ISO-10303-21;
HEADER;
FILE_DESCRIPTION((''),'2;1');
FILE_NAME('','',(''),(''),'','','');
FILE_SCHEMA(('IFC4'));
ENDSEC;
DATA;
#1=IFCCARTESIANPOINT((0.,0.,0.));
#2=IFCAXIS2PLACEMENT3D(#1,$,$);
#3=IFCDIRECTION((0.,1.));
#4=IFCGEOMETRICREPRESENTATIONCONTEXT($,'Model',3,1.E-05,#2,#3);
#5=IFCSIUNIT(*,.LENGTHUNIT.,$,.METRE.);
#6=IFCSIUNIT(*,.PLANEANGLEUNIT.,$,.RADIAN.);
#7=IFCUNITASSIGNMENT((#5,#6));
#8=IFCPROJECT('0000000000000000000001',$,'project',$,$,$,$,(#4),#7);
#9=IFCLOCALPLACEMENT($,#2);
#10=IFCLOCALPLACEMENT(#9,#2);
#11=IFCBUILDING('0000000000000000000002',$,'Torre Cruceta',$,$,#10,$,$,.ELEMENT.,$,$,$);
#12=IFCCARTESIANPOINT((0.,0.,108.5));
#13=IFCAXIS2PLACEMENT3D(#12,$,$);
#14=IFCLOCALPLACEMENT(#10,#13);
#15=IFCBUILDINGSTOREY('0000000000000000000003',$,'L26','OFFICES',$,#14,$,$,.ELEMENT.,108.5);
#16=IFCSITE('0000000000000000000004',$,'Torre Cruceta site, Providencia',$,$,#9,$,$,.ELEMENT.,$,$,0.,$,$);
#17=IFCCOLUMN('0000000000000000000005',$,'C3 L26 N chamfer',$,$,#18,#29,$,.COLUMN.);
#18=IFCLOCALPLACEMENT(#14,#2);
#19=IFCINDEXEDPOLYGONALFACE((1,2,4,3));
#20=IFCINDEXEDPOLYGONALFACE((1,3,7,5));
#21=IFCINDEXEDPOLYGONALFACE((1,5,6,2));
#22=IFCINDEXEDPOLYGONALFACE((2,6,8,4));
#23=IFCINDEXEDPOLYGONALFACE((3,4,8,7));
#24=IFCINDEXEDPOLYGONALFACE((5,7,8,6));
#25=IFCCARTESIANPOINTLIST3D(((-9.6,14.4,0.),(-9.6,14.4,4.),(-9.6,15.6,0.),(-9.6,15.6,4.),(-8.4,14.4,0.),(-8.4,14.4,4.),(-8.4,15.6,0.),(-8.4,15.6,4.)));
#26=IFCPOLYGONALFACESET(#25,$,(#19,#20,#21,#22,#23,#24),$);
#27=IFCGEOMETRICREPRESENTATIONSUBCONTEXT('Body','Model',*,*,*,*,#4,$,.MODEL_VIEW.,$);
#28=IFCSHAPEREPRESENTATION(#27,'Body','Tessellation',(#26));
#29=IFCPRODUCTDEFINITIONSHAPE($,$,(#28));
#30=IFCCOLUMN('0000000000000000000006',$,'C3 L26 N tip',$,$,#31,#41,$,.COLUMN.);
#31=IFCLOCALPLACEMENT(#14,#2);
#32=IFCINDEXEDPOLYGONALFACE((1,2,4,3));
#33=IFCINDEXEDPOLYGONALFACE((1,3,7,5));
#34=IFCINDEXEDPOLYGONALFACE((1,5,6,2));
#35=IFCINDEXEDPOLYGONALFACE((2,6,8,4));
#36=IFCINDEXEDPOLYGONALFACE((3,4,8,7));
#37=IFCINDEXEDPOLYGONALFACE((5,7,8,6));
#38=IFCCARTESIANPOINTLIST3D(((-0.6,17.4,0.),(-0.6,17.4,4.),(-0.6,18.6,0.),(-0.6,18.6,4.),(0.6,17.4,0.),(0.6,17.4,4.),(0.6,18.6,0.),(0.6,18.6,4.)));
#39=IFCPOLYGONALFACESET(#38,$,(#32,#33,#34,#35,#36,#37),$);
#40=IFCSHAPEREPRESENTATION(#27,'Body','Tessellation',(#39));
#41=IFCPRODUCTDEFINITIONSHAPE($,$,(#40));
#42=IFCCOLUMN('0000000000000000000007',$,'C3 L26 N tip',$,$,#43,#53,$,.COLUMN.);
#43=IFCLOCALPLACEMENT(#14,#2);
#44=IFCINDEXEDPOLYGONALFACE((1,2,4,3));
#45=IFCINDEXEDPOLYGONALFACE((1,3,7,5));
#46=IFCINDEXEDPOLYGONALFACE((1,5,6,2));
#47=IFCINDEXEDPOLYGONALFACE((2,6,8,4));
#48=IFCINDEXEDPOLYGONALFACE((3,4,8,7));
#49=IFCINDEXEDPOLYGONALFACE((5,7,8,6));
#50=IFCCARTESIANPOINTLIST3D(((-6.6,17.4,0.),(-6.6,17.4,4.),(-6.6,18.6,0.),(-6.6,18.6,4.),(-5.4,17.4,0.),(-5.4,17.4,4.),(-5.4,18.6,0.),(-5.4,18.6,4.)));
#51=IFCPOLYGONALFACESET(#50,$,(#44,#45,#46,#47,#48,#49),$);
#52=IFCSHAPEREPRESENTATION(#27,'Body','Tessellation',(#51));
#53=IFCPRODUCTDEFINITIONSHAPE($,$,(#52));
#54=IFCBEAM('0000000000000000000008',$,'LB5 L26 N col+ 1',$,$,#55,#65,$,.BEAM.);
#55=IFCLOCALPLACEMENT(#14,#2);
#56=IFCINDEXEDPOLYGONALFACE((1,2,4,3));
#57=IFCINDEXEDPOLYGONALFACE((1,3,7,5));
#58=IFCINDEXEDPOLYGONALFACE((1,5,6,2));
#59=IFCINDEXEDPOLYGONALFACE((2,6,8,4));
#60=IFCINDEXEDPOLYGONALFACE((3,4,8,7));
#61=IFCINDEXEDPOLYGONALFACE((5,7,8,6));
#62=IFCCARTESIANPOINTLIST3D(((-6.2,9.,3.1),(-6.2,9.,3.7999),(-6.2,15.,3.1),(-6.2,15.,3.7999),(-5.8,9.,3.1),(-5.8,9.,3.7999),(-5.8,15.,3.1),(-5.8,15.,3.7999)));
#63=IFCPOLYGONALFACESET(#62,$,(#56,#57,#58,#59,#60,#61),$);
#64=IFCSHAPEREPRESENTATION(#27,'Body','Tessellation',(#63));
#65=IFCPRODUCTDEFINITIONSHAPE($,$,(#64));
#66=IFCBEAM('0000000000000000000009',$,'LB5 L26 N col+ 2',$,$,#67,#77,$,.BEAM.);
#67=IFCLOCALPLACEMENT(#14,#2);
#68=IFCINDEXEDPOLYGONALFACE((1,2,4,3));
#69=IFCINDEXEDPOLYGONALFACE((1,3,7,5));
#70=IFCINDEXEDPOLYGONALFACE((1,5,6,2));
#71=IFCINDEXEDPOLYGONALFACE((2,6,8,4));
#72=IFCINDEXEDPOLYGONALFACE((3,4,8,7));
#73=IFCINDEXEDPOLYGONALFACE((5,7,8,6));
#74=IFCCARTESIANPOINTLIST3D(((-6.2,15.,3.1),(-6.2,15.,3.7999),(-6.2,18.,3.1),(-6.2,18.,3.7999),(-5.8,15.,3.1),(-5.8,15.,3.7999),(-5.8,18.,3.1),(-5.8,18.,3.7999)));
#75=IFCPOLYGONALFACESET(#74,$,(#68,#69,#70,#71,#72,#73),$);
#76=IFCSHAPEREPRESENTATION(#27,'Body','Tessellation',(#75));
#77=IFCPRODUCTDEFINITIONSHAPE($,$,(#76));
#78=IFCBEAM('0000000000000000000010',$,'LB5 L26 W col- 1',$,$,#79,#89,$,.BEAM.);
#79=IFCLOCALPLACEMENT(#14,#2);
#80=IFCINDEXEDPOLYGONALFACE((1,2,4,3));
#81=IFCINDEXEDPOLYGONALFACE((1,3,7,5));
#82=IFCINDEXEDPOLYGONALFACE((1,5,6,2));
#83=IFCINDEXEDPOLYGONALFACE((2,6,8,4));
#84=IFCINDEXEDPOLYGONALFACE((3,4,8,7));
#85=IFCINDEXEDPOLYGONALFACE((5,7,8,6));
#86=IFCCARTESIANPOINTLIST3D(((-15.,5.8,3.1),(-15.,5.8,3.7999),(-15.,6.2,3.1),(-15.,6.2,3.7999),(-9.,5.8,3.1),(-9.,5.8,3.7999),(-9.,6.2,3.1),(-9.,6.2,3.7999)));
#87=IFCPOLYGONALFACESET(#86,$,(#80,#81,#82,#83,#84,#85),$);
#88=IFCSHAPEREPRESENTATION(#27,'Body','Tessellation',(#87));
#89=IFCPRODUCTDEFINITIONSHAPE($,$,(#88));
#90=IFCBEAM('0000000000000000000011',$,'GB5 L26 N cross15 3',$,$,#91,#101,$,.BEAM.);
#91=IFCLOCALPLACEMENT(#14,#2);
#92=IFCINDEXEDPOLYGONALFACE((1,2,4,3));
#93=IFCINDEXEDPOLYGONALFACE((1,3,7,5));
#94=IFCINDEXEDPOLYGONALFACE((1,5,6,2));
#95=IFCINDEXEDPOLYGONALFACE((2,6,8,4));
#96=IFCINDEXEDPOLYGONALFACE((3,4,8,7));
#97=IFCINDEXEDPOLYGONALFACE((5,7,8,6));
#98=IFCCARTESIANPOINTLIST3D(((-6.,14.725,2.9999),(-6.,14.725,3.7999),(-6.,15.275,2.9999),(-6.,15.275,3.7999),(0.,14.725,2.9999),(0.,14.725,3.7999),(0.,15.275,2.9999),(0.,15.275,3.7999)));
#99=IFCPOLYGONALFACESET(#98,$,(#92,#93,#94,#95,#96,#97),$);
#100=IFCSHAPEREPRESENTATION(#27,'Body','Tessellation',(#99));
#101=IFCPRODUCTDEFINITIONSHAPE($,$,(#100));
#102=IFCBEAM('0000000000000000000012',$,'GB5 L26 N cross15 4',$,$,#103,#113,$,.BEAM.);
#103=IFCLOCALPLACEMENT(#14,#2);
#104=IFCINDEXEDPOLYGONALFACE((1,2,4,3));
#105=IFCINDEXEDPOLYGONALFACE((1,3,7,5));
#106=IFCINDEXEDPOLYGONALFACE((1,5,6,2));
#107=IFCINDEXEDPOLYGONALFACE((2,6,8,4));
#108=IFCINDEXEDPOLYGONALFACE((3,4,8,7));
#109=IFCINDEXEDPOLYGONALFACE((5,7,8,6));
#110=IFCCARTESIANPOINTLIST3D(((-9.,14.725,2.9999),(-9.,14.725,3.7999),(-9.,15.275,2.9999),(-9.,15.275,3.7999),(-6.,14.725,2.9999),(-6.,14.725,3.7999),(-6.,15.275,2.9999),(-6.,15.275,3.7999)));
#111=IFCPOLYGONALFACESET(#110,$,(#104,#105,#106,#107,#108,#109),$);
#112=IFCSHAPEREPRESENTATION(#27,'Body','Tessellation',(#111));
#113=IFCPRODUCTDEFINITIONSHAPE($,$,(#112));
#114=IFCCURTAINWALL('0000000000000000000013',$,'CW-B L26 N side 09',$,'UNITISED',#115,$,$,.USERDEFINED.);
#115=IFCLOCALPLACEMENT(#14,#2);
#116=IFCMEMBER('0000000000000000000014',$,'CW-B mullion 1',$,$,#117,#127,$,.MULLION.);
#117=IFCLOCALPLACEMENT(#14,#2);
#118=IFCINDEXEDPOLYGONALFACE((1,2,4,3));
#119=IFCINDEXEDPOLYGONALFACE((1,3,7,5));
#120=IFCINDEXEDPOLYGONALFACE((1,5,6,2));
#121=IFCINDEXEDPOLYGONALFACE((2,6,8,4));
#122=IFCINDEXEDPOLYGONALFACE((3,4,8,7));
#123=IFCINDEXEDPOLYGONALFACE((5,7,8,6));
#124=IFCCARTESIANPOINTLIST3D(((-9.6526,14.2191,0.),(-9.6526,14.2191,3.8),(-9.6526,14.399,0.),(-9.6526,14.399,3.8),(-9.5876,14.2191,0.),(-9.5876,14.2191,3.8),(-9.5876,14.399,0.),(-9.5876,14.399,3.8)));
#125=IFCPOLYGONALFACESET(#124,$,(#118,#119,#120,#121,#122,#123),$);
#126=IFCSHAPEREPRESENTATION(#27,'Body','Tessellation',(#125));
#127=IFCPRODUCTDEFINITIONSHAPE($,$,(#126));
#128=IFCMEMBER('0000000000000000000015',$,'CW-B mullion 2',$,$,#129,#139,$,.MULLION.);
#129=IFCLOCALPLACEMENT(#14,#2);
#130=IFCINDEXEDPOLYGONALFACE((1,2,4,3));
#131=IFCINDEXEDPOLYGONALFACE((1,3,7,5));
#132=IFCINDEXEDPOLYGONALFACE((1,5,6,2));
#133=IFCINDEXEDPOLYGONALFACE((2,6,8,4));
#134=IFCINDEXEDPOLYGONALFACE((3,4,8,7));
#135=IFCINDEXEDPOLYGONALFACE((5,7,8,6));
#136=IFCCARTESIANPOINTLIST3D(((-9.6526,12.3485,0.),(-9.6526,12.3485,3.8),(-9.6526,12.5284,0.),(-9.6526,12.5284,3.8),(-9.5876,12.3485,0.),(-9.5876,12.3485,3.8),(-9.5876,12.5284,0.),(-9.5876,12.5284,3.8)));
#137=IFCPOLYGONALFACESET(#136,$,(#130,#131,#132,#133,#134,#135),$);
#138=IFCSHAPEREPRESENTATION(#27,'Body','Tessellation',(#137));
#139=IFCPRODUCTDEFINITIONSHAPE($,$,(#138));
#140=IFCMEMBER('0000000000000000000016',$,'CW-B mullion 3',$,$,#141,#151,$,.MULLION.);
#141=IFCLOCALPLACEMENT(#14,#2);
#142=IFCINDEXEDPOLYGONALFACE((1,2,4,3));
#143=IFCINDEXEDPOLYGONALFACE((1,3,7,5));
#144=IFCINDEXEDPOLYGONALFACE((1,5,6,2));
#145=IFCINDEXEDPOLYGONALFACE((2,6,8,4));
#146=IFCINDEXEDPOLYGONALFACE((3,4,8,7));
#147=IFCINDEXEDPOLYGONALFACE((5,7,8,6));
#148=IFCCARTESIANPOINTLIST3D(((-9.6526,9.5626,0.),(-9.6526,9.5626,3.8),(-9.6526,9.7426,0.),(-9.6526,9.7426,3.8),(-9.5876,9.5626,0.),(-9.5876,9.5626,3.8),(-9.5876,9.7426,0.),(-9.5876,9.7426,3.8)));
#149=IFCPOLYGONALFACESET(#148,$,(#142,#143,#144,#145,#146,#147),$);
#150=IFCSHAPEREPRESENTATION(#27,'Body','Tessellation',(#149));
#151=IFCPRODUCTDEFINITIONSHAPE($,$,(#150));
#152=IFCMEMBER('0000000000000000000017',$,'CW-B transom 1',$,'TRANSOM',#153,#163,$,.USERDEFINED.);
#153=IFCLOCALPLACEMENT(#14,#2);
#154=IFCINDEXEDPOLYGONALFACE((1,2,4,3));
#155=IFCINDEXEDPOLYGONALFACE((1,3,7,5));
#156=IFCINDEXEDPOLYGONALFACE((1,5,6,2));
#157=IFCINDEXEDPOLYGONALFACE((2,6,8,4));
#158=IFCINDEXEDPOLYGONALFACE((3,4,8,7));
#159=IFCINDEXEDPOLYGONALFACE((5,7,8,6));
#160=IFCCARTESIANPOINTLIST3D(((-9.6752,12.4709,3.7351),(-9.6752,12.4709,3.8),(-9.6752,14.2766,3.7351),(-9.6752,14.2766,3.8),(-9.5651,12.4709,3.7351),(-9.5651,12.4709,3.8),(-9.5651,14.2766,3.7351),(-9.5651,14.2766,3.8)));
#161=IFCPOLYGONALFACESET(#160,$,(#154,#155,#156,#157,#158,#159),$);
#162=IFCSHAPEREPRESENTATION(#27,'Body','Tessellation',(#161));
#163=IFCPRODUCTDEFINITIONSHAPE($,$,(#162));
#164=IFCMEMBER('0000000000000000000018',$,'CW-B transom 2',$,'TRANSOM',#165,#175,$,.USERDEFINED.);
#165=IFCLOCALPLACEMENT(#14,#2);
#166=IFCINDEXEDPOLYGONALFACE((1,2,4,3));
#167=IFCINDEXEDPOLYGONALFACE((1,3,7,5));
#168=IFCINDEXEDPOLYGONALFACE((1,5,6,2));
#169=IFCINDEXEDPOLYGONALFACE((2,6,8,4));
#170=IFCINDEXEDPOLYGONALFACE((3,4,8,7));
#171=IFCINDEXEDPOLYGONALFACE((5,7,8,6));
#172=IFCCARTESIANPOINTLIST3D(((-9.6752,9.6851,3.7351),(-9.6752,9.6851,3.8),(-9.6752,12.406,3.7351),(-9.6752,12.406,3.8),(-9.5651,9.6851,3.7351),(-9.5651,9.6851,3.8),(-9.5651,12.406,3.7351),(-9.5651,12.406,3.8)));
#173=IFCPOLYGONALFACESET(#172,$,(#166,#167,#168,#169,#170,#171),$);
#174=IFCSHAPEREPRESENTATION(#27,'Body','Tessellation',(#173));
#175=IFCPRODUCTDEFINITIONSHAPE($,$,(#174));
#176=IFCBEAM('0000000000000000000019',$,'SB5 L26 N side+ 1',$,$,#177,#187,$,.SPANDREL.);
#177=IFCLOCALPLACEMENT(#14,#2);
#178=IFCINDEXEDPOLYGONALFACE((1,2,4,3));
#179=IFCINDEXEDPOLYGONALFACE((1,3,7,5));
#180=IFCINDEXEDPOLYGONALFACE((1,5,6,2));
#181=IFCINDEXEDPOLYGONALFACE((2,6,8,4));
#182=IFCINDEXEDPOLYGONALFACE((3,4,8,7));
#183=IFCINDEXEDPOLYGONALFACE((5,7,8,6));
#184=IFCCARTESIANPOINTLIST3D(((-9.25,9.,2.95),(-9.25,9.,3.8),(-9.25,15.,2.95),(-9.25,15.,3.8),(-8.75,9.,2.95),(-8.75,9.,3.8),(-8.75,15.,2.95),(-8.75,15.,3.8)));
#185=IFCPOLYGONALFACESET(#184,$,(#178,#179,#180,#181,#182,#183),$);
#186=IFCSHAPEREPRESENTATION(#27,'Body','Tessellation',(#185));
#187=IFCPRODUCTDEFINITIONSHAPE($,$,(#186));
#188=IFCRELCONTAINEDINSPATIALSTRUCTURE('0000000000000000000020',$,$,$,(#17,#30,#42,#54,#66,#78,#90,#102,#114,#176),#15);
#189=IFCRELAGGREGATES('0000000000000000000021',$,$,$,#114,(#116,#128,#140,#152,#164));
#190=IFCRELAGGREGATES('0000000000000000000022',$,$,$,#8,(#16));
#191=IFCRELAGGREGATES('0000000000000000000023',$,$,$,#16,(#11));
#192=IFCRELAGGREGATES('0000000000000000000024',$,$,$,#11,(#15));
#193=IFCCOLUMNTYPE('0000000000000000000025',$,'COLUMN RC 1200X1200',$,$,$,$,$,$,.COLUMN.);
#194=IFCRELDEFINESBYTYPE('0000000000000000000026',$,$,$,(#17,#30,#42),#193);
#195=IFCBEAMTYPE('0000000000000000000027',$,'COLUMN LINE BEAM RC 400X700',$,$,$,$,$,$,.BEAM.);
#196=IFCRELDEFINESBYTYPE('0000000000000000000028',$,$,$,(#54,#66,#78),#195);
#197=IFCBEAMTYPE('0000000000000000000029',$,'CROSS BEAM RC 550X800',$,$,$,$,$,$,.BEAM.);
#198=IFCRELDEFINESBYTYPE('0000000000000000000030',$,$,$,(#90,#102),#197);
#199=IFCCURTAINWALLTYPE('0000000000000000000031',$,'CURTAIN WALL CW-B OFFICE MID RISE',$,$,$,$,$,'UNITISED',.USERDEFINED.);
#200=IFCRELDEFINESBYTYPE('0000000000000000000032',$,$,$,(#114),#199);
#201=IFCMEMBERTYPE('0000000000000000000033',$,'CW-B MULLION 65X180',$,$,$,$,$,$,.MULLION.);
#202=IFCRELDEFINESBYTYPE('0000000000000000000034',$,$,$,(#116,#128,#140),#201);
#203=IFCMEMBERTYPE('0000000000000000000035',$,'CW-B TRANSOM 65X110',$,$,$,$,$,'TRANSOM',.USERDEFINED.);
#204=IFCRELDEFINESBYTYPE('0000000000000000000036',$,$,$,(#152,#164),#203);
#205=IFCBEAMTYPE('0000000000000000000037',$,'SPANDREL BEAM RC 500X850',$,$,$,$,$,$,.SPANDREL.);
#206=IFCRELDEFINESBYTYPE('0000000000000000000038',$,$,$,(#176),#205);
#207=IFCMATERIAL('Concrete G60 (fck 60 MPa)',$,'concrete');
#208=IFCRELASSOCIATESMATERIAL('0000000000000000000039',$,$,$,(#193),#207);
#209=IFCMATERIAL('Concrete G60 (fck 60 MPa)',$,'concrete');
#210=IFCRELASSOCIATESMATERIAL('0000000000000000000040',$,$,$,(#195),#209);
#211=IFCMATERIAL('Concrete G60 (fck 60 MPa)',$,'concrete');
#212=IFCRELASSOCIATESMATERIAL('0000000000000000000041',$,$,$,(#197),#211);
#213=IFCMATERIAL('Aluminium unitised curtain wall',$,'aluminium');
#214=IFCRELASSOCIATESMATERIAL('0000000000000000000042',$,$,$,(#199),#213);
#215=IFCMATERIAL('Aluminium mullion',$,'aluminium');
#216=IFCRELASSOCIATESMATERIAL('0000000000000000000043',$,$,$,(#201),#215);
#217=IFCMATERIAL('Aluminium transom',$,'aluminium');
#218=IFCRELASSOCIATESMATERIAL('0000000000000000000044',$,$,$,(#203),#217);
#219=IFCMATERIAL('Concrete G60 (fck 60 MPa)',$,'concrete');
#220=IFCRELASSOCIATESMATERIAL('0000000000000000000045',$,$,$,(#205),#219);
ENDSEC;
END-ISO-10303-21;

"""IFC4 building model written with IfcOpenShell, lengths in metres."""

from ifc_helpers import new_model, si_unit, direction, frame, origin, origin_2d, place, context, subcontext, project, spatial, rectangle, extrude, material, material_profile, profile_set, type_object, element, aggregate, save


model = new_model("IFC4")

# Units and contexts
model_context = context("Model", 3, precision=1e-05, world=origin(), true_north=direction((0.0, 1.0)))
body_context = subcontext(model_context, "Body", "Model", "MODEL_VIEW")
ifc_project = project(units=[si_unit("LENGTHUNIT", "METRE"), si_unit("PLANEANGLEUNIT", "RADIAN")], contexts=[model_context])

# Site, building, storey
site_placement = place(None, origin())
site = spatial("IfcSite", under=ifc_project, at=site_placement, Name="Torre Cruceta site, Providencia", CompositionType="ELEMENT", RefElevation=0.0)
building_placement = place(site_placement, origin())
building = spatial("IfcBuilding", under=site, at=building_placement, Name="Torre Cruceta", CompositionType="ELEMENT")
storey_placement = place(building_placement, frame((0.0, 0.0, 108.5)))
storey = spatial("IfcBuildingStorey", under=building, at=storey_placement, Name="L26", Description="OFFICES", CompositionType="ELEMENT", Elevation=108.5)

# Columns
ifc_material_1 = material(Name="Concrete G60 (fck 60 MPa)", Category="concrete")
ifc_material_profile_1 = material_profile(ifc_material_1, rectangle(XDim=1.2, YDim=1.2, at=origin_2d()), Name="RC 1200X1200")
ifc_profile_set_1 = profile_set([ifc_material_profile_1], Name="Concrete G60 (fck 60 MPa)")
column_type = type_object("IfcColumnType", Name="COLUMN RC 1200X1200", PredefinedType="COLUMN", material=ifc_profile_set_1)
for number, where, z_axis, x_axis, name in (
    (1, (-9.0, 15.0, 0.0), (0.0, 0.0, 1.0), (1.0, 0.0, 0.0), "C3 L26 N chamfer"),
    (2, (0.0, 18.0, 0.0), (0.0, 0.0, 1.0), (1.0, 0.0, 0.0), "C3 L26 N tip"),
    (3, (-6.0, 18.0, 0.0), (0.0, 0.0, 1.0), (1.0, 0.0, 0.0), "C3 L26 N tip"),
):
    element("IfcColumn", number, at=place(storey_placement, frame(where, z_axis=z_axis, x_axis=x_axis)), inside=storey, type_object=column_type, Name=name, PredefinedType="COLUMN", context=body_context, shape_type="SweptSolid", body=[
        extrude(rectangle(XDim=1.2, YDim=1.2, at=origin_2d()), origin(), (0.0, 0.0, 1.0), 4.0),
    ])

# Beams
ifc_material_2 = material(Name="Concrete G60 (fck 60 MPa)", Category="concrete")
ifc_material_profile_2 = material_profile(ifc_material_2, rectangle(XDim=0.3999, YDim=0.7, at=origin_2d()), Name="RC 400X700")
ifc_profile_set_2 = profile_set([ifc_material_profile_2], Name="Concrete G60 (fck 60 MPa)")
beam_type_1 = type_object("IfcBeamType", Name="COLUMN LINE BEAM RC 400X700", PredefinedType="BEAM", material=ifc_profile_set_2)
beam_1_placement = place(storey_placement, frame((-6.0, 9.0, 3.45), z_axis=(0.0, 1.0, 0.0), x_axis=(-1.0, 0.0, 0.0)))
element("IfcBeam", 4, at=beam_1_placement, inside=storey, type_object=beam_type_1, Name="LB5 L26 N col+ 1", PredefinedType="BEAM", context=body_context, shape_type="SweptSolid", body=[
    extrude(rectangle(XDim=0.3999, YDim=0.7, at=origin_2d()), origin(), (0.0, 0.0, 1.0), 6.0),
])
beam_2_placement = place(storey_placement, frame((-6.0, 15.0, 3.45), z_axis=(0.0, 1.0, 0.0), x_axis=(-1.0, 0.0, 0.0)))
element("IfcBeam", 5, at=beam_2_placement, inside=storey, type_object=beam_type_1, Name="LB5 L26 N col+ 2", PredefinedType="BEAM", context=body_context, shape_type="SweptSolid", body=[
    extrude(rectangle(XDim=0.3999, YDim=0.7, at=origin_2d()), origin(), (0.0, 0.0, 1.0), 3.0),
])
beam_3_placement = place(storey_placement, frame((-9.0, 6.0, 3.45), z_axis=(-1.0, 0.0, 0.0), x_axis=(0.0, -1.0, 0.0)))
element("IfcBeam", 6, at=beam_3_placement, inside=storey, type_object=beam_type_1, Name="LB5 L26 W col- 1", PredefinedType="BEAM", context=body_context, shape_type="SweptSolid", body=[
    extrude(rectangle(XDim=0.3999, YDim=0.7, at=origin_2d()), origin(), (0.0, 0.0, 1.0), 6.0),
])
ifc_material_3 = material(Name="Concrete G60 (fck 60 MPa)", Category="concrete")
ifc_material_profile_3 = material_profile(ifc_material_3, rectangle(XDim=0.55, YDim=0.8, at=origin_2d()), Name="RC 550X800")
ifc_profile_set_3 = profile_set([ifc_material_profile_3], Name="Concrete G60 (fck 60 MPa)")
beam_type_2 = type_object("IfcBeamType", Name="CROSS BEAM RC 550X800", PredefinedType="BEAM", material=ifc_profile_set_3)
beam_4_placement = place(storey_placement, frame((0.0, 15.0, 3.3999), z_axis=(-1.0, 0.0, 0.0), x_axis=(0.0, -1.0, 0.0)))
element("IfcBeam", 7, at=beam_4_placement, inside=storey, type_object=beam_type_2, Name="GB5 L26 N cross15 3", PredefinedType="BEAM", context=body_context, shape_type="SweptSolid", body=[
    extrude(rectangle(XDim=0.55, YDim=0.8, at=origin_2d()), origin(), (0.0, 0.0, 1.0), 6.0),
])
beam_5_placement = place(storey_placement, frame((-6.0, 15.0, 3.3999), z_axis=(-1.0, 0.0, 0.0), x_axis=(0.0, -1.0, 0.0)))
element("IfcBeam", 8, at=beam_5_placement, inside=storey, type_object=beam_type_2, Name="GB5 L26 N cross15 4", PredefinedType="BEAM", context=body_context, shape_type="SweptSolid", body=[
    extrude(rectangle(XDim=0.55, YDim=0.8, at=origin_2d()), origin(), (0.0, 0.0, 1.0), 3.0),
])

# Curtain wall, members
ifc_material_4 = material(Name="Aluminium unitised curtain wall", Category="aluminium")
curtain_wall_type = type_object("IfcCurtainWallType", Name="CURTAIN WALL CW-B OFFICE MID RISE", ElementType="UNITISED", PredefinedType="USERDEFINED", material=ifc_material_4)
curtain_wall_placement = place(storey_placement, origin())
curtain_wall = element("IfcCurtainWall", 9, at=curtain_wall_placement, inside=storey, type_object=curtain_wall_type, Name="CW-B L26 N side 09", ObjectType="UNITISED", PredefinedType="USERDEFINED")
ifc_material_5 = material(Name="Aluminium mullion", Category="aluminium")
ifc_material_profile_4 = material_profile(ifc_material_5, rectangle(XDim=0.0649, YDim=0.1799, at=origin_2d()), Name="AL 65X180")
ifc_profile_set_4 = profile_set([ifc_material_profile_4], Name="Aluminium mullion")
member_type_1 = type_object("IfcMemberType", Name="CW-B MULLION 65X180", PredefinedType="MULLION", material=ifc_profile_set_4)
member_1_placement = place(storey_placement, frame((-9.6201, 14.3091, 0.0), z_axis=(0.0, 0.0, 1.0), x_axis=(1.0, 0.0, 0.0)))
member_1 = element("IfcMember", 10, at=member_1_placement, type_object=member_type_1, Name="CW-B mullion 1", PredefinedType="MULLION", context=body_context, shape_type="SweptSolid", body=[
    extrude(rectangle(XDim=0.0649, YDim=0.1799, at=origin_2d()), origin(), (0.0, 0.0, 1.0), 3.8),
])
member_2_placement = place(storey_placement, frame((-9.6201, 12.4385, 0.0), z_axis=(0.0, 0.0, 1.0), x_axis=(1.0, 0.0, 0.0)))
member_2 = element("IfcMember", 11, at=member_2_placement, type_object=member_type_1, Name="CW-B mullion 2", PredefinedType="MULLION", context=body_context, shape_type="SweptSolid", body=[
    extrude(rectangle(XDim=0.0649, YDim=0.1799, at=origin_2d()), origin(), (0.0, 0.0, 1.0), 3.8),
])
member_3_placement = place(storey_placement, frame((-9.6201, 9.6526, 0.0), z_axis=(0.0, 0.0, 1.0), x_axis=(1.0, 0.0, 0.0)))
member_3 = element("IfcMember", 12, at=member_3_placement, type_object=member_type_1, Name="CW-B mullion 3", PredefinedType="MULLION", context=body_context, shape_type="SweptSolid", body=[
    extrude(rectangle(XDim=0.0649, YDim=0.1799, at=origin_2d()), origin(), (0.0, 0.0, 1.0), 3.8),
])
ifc_material_6 = material(Name="Aluminium transom", Category="aluminium")
ifc_material_profile_5 = material_profile(ifc_material_6, rectangle(XDim=0.1101, YDim=0.0649, at=origin_2d()), Name="AL 110X65")
ifc_profile_set_5 = profile_set([ifc_material_profile_5], Name="Aluminium transom")
member_type_2 = type_object("IfcMemberType", Name="CW-B TRANSOM 65X110", ElementType="TRANSOM", PredefinedType="USERDEFINED", material=ifc_profile_set_5)
member_4_placement = place(storey_placement, frame((-9.6201, 14.2766, 3.7676), z_axis=(0.0, -1.0, 0.0), x_axis=(1.0, 0.0, 0.0)))
member_4 = element("IfcMember", 13, at=member_4_placement, type_object=member_type_2, Name="CW-B transom 1", ObjectType="TRANSOM", PredefinedType="USERDEFINED", context=body_context, shape_type="SweptSolid", body=[
    extrude(rectangle(XDim=0.1101, YDim=0.0649, at=origin_2d()), origin(), (0.0, 0.0, 1.0), 1.8057),
])
member_5_placement = place(storey_placement, frame((-9.6201, 12.406, 3.7676), z_axis=(0.0, -1.0, 0.0), x_axis=(1.0, 0.0, 0.0)))
member_5 = element("IfcMember", 14, at=member_5_placement, type_object=member_type_2, Name="CW-B transom 2", ObjectType="TRANSOM", PredefinedType="USERDEFINED", context=body_context, shape_type="SweptSolid", body=[
    extrude(rectangle(XDim=0.1101, YDim=0.0649, at=origin_2d()), origin(), (0.0, 0.0, 1.0), 2.7209),
])

# Beam
ifc_material_7 = material(Name="Concrete G60 (fck 60 MPa)", Category="concrete")
ifc_material_profile_6 = material_profile(ifc_material_7, rectangle(XDim=0.5, YDim=0.8501, at=origin_2d()), Name="RC 500X850")
ifc_profile_set_6 = profile_set([ifc_material_profile_6], Name="Concrete G60 (fck 60 MPa)")
beam_type_3 = type_object("IfcBeamType", Name="SPANDREL BEAM RC 500X850", PredefinedType="SPANDREL", material=ifc_profile_set_6)
beam_6_placement = place(storey_placement, frame((-9.0, 9.0, 3.375), z_axis=(0.0, 1.0, 0.0), x_axis=(-1.0, 0.0, 0.0)))
element("IfcBeam", 15, at=beam_6_placement, inside=storey, type_object=beam_type_3, Name="SB5 L26 N side+ 1", PredefinedType="SPANDREL", context=body_context, shape_type="SweptSolid", body=[
    extrude(rectangle(XDim=0.5, YDim=0.8501, at=origin_2d()), origin(), (0.0, 0.0, 1.0), 6.0),
])

aggregate(curtain_wall, [member_1, member_2, member_3, member_4, member_5])

save(model, "model.ifc")
